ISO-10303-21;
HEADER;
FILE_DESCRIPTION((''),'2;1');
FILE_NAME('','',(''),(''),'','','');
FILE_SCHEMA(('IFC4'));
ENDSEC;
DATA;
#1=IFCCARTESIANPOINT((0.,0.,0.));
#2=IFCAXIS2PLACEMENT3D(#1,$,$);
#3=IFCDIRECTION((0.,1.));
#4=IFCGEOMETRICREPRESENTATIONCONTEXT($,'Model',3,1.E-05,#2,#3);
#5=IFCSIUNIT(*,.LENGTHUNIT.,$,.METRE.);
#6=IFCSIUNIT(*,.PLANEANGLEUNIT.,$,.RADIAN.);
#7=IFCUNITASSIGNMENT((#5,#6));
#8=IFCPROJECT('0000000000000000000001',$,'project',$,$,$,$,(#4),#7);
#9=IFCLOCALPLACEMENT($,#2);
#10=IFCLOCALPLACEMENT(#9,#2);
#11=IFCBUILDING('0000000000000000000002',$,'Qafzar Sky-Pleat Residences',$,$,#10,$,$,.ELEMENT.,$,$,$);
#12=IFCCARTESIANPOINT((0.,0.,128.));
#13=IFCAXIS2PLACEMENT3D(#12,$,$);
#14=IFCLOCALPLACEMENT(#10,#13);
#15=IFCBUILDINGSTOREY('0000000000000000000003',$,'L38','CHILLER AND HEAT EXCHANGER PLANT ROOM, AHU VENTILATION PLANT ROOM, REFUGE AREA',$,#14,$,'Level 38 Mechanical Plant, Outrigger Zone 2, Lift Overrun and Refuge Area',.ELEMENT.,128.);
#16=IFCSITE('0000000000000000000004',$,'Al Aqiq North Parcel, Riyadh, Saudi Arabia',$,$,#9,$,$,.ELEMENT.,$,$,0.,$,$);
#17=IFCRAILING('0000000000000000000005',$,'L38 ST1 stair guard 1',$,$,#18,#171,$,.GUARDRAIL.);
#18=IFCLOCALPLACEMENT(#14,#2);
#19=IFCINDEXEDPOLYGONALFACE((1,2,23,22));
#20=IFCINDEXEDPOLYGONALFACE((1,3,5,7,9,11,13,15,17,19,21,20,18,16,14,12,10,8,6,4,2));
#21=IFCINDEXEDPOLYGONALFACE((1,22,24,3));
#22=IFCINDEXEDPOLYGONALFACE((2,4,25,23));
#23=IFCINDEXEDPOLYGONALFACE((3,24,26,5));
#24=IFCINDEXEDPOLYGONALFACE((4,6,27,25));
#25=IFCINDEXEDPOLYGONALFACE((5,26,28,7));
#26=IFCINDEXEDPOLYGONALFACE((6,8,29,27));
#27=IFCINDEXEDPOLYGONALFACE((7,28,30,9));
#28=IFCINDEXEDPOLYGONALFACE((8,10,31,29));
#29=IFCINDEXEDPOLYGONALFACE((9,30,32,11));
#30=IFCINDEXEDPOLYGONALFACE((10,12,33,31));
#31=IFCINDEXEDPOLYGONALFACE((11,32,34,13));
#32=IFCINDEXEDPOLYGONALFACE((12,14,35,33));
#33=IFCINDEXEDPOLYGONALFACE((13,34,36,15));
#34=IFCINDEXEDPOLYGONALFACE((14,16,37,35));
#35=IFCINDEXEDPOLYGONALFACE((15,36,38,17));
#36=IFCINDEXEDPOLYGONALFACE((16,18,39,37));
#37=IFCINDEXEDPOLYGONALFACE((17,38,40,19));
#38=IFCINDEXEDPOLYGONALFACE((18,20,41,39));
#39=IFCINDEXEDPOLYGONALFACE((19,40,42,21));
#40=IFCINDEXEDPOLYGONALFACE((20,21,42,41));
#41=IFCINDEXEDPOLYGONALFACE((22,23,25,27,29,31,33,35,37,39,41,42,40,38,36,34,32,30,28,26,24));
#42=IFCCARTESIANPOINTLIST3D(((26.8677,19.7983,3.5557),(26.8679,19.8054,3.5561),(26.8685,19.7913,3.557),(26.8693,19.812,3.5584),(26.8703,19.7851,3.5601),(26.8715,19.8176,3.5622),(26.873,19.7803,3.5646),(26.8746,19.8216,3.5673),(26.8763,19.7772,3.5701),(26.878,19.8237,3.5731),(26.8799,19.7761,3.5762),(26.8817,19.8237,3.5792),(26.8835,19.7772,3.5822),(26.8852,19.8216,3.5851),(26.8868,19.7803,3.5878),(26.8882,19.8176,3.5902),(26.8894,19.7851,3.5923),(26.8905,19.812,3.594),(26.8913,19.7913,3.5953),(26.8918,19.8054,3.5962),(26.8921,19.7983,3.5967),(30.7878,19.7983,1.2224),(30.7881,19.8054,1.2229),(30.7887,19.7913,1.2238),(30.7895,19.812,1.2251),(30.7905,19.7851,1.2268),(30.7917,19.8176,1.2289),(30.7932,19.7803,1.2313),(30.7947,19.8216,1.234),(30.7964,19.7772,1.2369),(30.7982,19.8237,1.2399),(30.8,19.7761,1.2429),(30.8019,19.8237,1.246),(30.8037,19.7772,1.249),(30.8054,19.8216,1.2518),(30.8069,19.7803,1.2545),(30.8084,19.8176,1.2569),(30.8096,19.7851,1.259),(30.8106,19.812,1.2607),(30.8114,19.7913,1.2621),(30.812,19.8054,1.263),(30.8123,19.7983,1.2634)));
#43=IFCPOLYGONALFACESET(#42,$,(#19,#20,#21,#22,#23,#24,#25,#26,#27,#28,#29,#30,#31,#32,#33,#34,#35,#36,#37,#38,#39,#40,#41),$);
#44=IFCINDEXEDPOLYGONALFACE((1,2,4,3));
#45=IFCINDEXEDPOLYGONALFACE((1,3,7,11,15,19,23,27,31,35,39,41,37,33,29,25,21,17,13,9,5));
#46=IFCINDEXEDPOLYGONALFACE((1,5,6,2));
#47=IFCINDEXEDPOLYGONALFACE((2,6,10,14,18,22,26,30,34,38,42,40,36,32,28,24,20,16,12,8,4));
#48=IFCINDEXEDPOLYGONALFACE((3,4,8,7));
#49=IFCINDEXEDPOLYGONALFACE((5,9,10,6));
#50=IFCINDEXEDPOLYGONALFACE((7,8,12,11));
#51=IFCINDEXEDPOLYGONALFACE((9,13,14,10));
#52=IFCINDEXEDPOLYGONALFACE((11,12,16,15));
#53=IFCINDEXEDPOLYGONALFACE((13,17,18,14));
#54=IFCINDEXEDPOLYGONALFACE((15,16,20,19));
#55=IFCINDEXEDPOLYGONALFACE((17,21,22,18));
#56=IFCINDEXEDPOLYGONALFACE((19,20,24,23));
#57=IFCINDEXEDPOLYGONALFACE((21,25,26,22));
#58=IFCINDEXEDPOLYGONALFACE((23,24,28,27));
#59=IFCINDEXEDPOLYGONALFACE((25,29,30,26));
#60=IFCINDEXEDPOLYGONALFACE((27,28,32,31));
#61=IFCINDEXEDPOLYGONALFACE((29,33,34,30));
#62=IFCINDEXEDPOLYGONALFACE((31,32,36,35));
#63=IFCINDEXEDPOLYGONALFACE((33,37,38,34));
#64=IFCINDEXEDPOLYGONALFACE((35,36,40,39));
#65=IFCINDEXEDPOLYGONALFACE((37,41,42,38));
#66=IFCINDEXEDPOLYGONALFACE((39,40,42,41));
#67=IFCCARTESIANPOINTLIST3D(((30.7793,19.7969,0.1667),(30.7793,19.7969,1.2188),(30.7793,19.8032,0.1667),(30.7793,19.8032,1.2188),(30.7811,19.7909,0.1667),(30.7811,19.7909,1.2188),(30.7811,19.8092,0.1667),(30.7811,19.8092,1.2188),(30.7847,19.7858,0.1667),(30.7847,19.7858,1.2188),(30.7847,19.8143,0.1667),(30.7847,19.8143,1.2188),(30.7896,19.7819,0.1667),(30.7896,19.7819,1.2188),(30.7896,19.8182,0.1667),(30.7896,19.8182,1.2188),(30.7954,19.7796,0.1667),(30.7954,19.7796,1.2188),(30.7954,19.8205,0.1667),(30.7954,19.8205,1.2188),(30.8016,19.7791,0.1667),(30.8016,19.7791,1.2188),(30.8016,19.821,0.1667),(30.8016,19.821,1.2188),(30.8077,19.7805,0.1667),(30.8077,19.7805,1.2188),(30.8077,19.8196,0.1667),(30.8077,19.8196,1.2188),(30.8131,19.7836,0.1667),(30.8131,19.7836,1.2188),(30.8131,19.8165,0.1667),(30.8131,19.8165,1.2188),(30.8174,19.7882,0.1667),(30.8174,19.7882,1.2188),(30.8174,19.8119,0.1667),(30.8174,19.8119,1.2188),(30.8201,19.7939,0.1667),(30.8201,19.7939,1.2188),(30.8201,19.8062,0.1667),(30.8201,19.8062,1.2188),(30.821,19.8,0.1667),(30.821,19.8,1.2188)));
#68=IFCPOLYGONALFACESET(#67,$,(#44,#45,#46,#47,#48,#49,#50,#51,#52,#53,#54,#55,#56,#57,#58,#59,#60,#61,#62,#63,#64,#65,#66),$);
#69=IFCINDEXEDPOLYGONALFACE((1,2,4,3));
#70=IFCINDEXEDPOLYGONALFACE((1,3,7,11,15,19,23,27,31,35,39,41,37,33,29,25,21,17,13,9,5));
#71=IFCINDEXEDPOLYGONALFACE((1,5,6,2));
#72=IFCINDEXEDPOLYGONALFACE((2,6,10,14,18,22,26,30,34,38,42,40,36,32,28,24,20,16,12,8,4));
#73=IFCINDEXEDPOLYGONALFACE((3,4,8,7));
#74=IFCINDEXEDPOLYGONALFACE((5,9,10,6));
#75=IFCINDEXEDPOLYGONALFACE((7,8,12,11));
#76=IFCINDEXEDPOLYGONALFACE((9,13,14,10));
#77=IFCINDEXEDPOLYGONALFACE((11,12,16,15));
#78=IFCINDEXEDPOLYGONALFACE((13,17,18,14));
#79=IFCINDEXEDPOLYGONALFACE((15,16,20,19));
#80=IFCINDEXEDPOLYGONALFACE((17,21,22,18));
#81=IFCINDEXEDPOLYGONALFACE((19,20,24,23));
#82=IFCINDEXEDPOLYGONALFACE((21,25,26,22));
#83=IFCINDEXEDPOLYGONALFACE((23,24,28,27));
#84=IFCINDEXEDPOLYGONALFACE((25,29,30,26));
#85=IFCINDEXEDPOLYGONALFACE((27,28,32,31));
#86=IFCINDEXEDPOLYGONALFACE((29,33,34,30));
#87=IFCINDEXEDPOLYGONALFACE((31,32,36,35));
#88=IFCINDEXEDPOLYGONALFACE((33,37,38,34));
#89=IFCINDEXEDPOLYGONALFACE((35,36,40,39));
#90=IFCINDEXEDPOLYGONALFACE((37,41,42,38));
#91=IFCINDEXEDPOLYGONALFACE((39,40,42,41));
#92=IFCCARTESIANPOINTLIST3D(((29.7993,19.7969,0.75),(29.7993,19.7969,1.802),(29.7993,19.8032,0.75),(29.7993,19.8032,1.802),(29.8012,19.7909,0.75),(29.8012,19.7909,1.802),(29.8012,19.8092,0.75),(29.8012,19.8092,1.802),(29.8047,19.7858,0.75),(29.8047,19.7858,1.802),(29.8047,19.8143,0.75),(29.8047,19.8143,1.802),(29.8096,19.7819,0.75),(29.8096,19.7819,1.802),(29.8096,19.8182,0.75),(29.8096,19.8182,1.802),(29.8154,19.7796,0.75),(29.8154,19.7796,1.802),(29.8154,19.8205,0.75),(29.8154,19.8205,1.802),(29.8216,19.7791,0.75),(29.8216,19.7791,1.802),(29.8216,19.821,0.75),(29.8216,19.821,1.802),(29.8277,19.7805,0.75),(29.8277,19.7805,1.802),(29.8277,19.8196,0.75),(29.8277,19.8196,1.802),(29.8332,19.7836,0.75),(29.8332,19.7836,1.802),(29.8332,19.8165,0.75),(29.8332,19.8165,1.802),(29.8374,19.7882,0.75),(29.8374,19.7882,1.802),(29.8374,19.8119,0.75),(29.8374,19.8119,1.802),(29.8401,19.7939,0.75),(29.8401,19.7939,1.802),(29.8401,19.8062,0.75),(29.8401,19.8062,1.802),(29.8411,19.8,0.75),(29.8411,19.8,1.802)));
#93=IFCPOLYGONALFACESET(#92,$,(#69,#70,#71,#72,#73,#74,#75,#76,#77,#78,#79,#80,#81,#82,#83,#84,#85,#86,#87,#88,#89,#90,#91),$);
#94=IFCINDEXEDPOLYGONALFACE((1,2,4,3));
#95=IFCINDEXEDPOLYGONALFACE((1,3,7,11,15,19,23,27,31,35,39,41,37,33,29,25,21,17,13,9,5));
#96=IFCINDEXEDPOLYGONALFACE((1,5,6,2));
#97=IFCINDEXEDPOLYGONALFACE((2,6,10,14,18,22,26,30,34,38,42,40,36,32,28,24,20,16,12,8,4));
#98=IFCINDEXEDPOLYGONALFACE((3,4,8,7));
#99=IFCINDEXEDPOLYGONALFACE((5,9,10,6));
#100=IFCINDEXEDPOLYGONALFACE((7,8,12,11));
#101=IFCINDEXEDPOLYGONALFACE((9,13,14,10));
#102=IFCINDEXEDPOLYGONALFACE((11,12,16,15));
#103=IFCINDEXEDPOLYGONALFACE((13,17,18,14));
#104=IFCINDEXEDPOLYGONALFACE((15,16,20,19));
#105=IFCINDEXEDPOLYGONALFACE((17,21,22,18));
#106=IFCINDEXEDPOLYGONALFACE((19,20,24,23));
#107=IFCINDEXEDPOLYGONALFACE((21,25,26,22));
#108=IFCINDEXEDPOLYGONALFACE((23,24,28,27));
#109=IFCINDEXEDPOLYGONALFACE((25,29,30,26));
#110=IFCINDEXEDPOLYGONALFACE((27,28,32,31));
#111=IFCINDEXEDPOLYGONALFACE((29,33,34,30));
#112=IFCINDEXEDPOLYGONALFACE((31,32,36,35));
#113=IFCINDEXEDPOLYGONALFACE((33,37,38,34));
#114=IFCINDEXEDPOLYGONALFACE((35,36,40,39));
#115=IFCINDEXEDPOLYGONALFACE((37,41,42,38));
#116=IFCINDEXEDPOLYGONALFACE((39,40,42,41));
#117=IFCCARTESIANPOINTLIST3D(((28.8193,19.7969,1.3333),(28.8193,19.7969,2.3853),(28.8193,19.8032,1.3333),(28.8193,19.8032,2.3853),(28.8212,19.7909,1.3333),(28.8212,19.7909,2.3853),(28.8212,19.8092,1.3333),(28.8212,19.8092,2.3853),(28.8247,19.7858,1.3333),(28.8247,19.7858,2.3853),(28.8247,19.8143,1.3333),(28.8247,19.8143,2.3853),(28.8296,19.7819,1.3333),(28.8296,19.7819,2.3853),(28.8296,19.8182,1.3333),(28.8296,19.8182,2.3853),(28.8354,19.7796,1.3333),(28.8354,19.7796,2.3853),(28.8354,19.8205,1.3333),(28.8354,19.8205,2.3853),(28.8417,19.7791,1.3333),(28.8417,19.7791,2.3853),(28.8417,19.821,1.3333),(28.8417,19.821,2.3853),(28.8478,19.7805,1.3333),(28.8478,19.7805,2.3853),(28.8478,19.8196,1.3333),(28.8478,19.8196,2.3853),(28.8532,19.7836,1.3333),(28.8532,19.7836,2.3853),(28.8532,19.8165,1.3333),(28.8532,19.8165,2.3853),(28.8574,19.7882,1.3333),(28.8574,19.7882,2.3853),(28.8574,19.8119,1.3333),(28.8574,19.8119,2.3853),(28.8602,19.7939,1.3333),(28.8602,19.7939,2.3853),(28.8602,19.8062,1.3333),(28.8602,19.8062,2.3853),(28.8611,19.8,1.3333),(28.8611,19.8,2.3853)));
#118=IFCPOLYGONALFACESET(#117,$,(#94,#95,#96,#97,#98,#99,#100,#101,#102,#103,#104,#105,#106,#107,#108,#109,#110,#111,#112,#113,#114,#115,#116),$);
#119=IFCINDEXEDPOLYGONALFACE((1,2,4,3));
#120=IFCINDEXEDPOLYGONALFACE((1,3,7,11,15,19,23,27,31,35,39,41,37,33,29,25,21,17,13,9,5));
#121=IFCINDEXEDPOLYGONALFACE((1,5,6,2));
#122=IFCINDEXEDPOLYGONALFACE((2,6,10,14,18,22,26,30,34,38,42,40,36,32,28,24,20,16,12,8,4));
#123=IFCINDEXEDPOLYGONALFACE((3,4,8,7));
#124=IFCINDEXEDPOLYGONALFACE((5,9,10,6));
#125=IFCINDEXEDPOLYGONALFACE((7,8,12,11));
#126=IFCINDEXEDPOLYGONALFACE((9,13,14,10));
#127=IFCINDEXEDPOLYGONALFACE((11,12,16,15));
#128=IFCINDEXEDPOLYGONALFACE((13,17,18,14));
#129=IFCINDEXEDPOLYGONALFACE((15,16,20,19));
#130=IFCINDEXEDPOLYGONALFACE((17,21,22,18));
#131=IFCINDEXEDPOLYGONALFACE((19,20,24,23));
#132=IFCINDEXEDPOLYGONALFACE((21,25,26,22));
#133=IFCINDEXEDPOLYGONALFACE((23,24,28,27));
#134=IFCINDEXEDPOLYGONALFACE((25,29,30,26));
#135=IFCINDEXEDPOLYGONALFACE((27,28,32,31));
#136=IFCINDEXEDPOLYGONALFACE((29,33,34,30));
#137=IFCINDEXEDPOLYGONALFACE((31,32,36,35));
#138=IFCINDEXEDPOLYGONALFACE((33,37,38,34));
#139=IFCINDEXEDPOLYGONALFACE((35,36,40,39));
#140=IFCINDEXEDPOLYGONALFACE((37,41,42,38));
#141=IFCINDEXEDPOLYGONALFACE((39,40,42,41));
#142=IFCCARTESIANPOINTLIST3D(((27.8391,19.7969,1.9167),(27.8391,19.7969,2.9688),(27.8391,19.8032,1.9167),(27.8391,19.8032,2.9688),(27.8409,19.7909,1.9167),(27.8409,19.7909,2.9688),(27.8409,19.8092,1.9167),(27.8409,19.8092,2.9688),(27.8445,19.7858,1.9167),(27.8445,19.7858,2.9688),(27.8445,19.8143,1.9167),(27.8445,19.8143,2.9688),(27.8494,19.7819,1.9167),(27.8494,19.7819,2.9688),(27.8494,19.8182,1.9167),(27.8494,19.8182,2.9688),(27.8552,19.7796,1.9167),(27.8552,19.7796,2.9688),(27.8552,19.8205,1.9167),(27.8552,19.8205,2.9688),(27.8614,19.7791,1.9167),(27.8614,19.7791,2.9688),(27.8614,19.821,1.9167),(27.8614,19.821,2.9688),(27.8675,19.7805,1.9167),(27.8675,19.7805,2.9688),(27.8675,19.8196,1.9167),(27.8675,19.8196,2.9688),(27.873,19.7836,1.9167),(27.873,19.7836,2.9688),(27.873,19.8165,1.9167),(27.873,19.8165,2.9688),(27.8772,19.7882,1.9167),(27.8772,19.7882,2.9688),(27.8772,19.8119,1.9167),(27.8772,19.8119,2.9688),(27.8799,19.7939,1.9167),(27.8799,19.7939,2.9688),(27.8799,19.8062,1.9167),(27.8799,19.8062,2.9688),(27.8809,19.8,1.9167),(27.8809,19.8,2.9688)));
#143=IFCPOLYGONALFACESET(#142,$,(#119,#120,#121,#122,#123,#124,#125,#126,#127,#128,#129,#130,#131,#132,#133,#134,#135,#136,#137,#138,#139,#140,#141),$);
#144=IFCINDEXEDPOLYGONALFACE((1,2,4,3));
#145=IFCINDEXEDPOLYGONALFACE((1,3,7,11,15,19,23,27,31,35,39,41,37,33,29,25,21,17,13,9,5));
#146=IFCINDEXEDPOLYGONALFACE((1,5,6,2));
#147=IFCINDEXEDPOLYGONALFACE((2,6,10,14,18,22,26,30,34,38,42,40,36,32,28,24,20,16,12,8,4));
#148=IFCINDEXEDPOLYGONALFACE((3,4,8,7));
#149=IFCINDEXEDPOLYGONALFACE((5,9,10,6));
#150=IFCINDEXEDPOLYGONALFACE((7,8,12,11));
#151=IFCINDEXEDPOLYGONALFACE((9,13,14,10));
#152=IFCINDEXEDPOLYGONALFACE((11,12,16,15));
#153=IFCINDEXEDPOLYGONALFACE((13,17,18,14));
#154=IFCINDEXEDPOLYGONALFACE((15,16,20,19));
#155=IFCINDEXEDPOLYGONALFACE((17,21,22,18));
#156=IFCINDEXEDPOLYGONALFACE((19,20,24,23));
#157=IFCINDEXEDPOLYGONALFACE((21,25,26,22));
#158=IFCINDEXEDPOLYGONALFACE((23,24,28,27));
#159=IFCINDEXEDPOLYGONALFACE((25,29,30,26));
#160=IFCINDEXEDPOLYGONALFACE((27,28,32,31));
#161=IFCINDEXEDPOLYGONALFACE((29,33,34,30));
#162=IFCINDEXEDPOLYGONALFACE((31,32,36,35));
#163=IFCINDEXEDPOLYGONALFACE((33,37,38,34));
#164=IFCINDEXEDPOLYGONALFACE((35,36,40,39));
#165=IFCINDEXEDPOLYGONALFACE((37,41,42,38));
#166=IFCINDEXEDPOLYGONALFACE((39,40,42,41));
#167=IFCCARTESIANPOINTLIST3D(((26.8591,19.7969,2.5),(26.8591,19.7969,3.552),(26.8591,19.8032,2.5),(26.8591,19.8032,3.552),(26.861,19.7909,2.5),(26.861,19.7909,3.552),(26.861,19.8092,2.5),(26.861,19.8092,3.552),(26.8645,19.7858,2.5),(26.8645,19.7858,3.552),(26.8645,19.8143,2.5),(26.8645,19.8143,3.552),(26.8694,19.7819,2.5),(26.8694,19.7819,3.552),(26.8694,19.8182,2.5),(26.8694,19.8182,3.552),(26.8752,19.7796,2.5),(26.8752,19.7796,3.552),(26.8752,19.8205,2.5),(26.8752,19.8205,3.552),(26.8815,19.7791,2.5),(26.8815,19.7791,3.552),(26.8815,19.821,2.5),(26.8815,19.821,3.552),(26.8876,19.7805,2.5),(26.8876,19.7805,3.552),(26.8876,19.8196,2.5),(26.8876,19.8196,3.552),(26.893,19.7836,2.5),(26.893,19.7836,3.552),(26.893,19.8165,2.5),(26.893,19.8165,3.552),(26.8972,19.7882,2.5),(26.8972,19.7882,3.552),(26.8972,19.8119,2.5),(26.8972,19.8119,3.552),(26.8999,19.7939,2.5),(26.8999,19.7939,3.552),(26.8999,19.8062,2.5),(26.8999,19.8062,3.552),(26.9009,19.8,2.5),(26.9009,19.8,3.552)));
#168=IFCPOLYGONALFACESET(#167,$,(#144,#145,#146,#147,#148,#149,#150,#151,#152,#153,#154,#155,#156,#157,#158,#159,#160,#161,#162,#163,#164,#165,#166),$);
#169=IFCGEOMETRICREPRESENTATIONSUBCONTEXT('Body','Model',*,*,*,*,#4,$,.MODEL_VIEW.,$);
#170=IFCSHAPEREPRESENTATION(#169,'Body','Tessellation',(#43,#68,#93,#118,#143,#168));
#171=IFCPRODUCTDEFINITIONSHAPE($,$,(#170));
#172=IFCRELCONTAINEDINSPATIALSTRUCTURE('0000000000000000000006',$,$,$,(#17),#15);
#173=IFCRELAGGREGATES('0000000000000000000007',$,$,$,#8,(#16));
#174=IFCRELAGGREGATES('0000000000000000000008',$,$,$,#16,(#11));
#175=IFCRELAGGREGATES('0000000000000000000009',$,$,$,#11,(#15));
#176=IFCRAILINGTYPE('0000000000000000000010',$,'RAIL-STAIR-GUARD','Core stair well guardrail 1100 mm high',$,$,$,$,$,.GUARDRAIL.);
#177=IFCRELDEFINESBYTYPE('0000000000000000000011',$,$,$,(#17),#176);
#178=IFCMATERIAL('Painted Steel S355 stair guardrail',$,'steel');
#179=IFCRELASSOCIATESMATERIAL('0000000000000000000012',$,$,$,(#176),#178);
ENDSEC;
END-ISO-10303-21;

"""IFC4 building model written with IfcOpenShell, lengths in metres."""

from ifc_helpers import new_model, si_unit, direction, frame, origin, origin_2d, place, context, subcontext, project, spatial, circle, extrude, source, transform, mapped, material, type_object, element, save


model = new_model("IFC4")

# Units and contexts
model_context = context("Model", 3, precision=1e-05, world=origin(), true_north=direction((0.0, 1.0)))
body_context = subcontext(model_context, "Body", "Model", "MODEL_VIEW")
ifc_project = project(units=[si_unit("LENGTHUNIT", "METRE"), si_unit("PLANEANGLEUNIT", "RADIAN")], contexts=[model_context])

# Site, building, storey
site_placement = place(None, origin())
site = spatial("IfcSite", under=ifc_project, at=site_placement, Name="Al Aqiq North Parcel, Riyadh, Saudi Arabia", CompositionType="ELEMENT", RefElevation=0.0)
building_placement = place(site_placement, origin())
building = spatial("IfcBuilding", under=site, at=building_placement, Name="Qafzar Sky-Pleat Residences", CompositionType="ELEMENT")
storey_placement = place(building_placement, frame((0.0, 0.0, 128.0)))
storey = spatial("IfcBuildingStorey", under=building, at=storey_placement, Name="L38", Description="CHILLER AND HEAT EXCHANGER PLANT ROOM, AHU VENTILATION PLANT ROOM, REFUGE AREA", LongName="Level 38 Mechanical Plant, Outrigger Zone 2, Lift Overrun and Refuge Area", CompositionType="ELEMENT", Elevation=128.0)

# Railing
ifc_material_1 = material(Name="Painted Steel S355 stair guardrail", Category="steel")
railing_type_1 = type_object("IfcRailingType", Name="RAIL-STAIR-GUARD", Description="Core stair well guardrail 1100 mm high", PredefinedType="GUARDRAIL", material=ifc_material_1)
shared_shape_1 = source(origin(), body_context, "Body", "SweptSolid", [
    extrude(circle(Radius=0.0239, at=origin_2d()), frame((0.0, 0.0, 1.0762), z_axis=(-0.85931, 0.0, 0.511455), x_axis=(0.0, -1.0, 0.0)), (0.0, 0.0, 1.0), 4.562),
    extrude(circle(Radius=0.021, at=origin_2d()), origin(), (0.0, 0.0, 1.0), 1.052),
    extrude(circle(Radius=0.021, at=origin_2d()), frame((-0.98, 0.0, 0.5833)), (0.0, 0.0, 1.0), 1.052),
    extrude(circle(Radius=0.021, at=origin_2d()), frame((-1.96, 0.0, 1.1665)), (0.0, 0.0, 1.0), 1.052),
    extrude(circle(Radius=0.021, at=origin_2d()), frame((-2.9402, 0.0, 1.75)), (0.0, 0.0, 1.0), 1.052),
    extrude(circle(Radius=0.021, at=origin_2d()), frame((-3.9202, 0.0, 2.3333)), (0.0, 0.0, 1.0), 1.052),
])
railing_1_placement = place(storey_placement, frame((30.8, 19.8, 0.1667)))
element("IfcRailing", 1, at=railing_1_placement, inside=storey, type_object=railing_type_1, Name="L38 ST1 stair guard 1", PredefinedType="GUARDRAIL", context=body_context, shape_type="MappedRepresentation", body=[
    mapped(shared_shape_1, transform((0.0, 0.0, 0.0), x_axis=(1.0, 0.0, 0.0), y_axis=(0.0, 1.0, 0.0), z_axis=(0.0, 0.0, 1.0), scale=1.0)),
])

save(model, "model.ifc")
